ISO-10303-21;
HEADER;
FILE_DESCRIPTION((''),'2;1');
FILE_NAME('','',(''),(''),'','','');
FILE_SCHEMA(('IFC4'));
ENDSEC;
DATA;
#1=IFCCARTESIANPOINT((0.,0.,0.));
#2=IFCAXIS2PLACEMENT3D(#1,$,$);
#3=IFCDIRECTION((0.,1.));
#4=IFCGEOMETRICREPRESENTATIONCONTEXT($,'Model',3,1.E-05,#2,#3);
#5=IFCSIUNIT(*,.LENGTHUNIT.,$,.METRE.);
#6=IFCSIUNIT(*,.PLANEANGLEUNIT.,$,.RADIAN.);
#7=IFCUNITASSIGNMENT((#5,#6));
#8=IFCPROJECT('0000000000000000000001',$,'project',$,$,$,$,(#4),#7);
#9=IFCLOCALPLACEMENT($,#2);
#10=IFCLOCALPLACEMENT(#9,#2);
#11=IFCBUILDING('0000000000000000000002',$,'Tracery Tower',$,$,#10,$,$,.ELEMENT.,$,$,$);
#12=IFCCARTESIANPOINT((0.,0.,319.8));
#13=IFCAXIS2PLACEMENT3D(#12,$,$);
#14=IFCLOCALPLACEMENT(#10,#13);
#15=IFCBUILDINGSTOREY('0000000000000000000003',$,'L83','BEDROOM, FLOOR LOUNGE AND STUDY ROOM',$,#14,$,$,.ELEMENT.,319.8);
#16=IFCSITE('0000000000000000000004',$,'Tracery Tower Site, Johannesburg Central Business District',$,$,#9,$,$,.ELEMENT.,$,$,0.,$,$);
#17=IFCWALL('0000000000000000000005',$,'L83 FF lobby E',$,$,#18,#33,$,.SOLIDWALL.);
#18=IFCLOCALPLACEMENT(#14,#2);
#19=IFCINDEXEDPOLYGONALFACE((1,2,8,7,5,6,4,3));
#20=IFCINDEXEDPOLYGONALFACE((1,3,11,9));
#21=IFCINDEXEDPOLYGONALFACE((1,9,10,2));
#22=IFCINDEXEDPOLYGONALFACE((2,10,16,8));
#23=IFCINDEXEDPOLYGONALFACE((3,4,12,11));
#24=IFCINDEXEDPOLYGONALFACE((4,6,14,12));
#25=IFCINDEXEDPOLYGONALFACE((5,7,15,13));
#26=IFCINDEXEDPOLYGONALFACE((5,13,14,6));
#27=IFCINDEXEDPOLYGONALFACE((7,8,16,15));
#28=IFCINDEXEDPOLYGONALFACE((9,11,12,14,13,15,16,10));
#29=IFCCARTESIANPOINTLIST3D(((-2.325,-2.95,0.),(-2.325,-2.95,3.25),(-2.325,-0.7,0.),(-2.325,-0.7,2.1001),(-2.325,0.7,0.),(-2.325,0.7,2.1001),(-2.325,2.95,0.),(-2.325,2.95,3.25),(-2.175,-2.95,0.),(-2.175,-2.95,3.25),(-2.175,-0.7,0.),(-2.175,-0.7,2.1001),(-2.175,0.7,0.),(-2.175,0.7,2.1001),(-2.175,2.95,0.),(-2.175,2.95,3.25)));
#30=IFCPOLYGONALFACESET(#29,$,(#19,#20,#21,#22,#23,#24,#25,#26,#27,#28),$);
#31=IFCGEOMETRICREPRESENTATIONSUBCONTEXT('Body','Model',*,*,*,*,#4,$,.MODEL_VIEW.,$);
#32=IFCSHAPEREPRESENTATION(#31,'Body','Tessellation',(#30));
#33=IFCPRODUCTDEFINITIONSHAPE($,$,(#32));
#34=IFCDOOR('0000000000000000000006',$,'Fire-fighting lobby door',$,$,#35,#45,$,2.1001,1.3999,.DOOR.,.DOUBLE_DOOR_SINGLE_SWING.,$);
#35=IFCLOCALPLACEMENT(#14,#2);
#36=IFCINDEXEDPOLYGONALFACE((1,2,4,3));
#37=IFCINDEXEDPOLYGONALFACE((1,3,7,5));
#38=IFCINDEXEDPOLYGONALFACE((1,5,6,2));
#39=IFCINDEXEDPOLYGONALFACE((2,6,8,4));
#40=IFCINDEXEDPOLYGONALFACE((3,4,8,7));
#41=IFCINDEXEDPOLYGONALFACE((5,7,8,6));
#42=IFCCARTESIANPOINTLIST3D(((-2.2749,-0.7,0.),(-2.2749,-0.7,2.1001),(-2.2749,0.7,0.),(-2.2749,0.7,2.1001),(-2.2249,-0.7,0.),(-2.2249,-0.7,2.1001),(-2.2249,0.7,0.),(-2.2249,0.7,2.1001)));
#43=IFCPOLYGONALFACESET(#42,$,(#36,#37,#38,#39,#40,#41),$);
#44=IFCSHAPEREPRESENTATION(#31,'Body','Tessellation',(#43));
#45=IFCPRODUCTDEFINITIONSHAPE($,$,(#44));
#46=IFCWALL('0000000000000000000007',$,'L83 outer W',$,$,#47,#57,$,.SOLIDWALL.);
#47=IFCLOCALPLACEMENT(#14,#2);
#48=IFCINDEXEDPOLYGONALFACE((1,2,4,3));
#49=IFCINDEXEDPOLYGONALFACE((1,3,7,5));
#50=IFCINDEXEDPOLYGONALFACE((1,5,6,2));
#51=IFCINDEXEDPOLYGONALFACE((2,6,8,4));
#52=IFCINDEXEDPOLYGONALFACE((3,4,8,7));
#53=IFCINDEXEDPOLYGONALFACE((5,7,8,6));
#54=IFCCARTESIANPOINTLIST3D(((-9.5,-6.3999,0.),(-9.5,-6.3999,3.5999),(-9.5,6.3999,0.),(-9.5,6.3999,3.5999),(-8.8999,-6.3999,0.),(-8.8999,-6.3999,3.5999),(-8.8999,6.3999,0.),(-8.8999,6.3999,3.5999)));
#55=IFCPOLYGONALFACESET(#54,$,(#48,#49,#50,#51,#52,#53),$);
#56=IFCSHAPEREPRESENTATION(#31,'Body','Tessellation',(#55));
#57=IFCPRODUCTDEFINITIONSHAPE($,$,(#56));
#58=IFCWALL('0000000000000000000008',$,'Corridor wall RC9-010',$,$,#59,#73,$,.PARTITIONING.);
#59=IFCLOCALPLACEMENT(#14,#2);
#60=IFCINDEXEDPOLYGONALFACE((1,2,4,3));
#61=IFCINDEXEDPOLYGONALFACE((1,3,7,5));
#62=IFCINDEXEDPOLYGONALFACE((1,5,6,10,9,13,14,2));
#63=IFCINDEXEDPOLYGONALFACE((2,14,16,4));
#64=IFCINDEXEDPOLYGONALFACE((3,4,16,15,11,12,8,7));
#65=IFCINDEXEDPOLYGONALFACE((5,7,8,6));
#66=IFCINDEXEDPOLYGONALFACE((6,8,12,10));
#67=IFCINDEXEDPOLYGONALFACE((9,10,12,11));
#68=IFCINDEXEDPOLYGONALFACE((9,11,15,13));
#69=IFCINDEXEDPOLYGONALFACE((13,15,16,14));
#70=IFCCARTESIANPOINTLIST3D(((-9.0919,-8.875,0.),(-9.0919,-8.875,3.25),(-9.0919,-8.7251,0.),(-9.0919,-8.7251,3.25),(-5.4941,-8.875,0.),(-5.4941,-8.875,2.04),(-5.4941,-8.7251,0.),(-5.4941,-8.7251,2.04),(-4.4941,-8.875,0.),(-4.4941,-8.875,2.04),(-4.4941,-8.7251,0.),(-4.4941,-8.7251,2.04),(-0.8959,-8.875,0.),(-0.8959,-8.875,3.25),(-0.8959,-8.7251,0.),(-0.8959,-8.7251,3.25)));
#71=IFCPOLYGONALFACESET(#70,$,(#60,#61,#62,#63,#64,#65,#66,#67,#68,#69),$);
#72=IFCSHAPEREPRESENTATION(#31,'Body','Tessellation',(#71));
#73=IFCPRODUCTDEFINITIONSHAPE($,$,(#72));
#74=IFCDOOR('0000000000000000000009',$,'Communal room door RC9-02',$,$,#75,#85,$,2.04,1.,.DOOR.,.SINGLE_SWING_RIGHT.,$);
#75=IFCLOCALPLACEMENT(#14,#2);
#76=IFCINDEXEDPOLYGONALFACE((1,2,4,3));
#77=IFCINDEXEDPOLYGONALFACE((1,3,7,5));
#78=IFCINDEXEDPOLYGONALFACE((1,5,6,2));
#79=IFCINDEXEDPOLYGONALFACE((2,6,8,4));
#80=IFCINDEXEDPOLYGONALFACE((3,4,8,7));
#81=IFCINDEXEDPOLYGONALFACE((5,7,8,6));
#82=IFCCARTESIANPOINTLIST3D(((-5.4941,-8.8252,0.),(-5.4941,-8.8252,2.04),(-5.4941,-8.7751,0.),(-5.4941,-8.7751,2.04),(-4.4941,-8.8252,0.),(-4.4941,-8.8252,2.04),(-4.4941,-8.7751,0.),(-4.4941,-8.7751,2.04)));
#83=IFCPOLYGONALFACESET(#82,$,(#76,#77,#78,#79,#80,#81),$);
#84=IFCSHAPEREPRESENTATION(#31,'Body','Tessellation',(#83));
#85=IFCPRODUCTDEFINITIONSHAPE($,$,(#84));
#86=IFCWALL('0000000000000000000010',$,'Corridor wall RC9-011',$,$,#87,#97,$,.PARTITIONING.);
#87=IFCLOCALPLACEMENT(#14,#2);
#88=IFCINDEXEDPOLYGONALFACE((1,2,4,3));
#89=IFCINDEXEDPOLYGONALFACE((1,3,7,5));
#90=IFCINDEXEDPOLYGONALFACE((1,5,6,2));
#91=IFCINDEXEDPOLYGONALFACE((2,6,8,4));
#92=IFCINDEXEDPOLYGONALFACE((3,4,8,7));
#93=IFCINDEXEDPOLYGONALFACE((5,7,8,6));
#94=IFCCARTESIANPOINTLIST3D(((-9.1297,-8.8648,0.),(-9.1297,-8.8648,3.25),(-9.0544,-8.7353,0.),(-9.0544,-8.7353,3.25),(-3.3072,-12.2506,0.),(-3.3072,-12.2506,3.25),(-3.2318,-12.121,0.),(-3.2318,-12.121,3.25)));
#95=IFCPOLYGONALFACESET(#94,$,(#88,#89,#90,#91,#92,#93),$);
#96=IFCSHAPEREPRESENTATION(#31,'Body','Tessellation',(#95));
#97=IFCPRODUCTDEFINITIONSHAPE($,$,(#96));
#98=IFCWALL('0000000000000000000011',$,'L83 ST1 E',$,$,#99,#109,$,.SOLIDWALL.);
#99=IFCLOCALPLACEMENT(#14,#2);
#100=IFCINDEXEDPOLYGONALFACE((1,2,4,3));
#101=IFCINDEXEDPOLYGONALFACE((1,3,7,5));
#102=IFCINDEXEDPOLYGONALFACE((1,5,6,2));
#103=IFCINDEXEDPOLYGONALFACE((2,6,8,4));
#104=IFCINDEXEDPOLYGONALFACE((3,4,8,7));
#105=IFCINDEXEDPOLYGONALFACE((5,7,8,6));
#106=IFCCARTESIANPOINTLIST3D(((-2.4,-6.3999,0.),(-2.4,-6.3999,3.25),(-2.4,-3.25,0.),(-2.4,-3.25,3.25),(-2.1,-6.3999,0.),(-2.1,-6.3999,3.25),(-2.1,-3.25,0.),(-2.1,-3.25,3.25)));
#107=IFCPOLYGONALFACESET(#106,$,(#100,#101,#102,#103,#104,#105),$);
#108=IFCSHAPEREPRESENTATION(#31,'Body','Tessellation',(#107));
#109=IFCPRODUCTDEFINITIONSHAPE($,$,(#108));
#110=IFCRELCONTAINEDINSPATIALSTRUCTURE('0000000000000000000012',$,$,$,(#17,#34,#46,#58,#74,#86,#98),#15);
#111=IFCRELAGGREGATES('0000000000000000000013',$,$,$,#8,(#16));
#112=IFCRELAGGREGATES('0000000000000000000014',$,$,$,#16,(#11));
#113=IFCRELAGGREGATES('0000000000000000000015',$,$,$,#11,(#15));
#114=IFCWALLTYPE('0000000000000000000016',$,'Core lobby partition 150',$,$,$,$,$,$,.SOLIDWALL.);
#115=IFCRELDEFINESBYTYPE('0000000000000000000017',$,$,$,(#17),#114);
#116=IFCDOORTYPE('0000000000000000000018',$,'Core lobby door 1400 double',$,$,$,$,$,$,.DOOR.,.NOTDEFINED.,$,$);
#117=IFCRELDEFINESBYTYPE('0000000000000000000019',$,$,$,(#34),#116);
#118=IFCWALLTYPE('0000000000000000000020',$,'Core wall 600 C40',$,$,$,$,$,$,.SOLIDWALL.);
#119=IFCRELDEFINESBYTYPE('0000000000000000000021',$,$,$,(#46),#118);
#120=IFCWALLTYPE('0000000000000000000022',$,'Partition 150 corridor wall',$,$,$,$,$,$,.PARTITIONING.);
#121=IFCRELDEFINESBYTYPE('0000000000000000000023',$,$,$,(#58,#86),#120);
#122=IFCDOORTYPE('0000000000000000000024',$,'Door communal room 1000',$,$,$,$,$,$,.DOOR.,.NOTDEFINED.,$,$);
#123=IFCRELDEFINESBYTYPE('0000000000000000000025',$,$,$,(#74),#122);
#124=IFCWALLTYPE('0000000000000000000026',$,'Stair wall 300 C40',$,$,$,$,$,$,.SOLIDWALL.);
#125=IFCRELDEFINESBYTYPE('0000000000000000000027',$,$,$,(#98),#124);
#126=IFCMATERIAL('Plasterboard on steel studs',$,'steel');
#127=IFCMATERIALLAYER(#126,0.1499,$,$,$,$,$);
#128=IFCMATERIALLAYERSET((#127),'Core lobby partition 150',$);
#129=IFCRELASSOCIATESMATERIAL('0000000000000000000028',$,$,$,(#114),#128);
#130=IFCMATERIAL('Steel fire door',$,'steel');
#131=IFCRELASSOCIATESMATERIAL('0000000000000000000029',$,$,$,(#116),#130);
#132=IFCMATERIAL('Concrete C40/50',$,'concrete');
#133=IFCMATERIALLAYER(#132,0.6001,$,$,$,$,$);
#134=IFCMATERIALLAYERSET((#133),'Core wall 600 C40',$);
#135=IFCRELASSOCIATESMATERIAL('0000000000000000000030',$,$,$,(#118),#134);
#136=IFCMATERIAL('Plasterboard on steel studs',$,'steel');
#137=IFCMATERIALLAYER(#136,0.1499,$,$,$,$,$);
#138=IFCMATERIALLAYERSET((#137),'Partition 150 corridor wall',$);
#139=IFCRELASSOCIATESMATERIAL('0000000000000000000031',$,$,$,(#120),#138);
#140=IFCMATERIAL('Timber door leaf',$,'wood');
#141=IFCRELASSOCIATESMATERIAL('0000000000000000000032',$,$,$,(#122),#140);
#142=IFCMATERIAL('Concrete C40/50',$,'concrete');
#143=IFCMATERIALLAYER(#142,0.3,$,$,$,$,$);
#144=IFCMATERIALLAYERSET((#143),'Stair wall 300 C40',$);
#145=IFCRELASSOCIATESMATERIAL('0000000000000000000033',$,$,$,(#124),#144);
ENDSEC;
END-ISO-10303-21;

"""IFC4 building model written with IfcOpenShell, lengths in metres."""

from ifc_helpers import new_model, si_unit, direction, frame, frame_2d, origin, place, context, subcontext, project, spatial, rectangle, extrude, material, layer, layer_set, type_object, element, fill, save


model = new_model("IFC4")

# Units and contexts
model_context = context("Model", 3, precision=1e-05, world=origin(), true_north=direction((0.0, 1.0)))
body_context = subcontext(model_context, "Body", "Model", "MODEL_VIEW")
ifc_project = project(units=[si_unit("LENGTHUNIT", "METRE"), si_unit("PLANEANGLEUNIT", "RADIAN")], contexts=[model_context])

# Site, building, storey
site_placement = place(None, origin())
site = spatial("IfcSite", under=ifc_project, at=site_placement, Name="Tracery Tower Site, Johannesburg Central Business District", CompositionType="ELEMENT", RefElevation=0.0)
building_placement = place(site_placement, origin())
building = spatial("IfcBuilding", under=site, at=building_placement, Name="Tracery Tower", CompositionType="ELEMENT")
storey_placement = place(building_placement, frame((0.0, 0.0, 319.8)))
storey = spatial("IfcBuildingStorey", under=building, at=storey_placement, Name="L83", Description="BEDROOM, FLOOR LOUNGE AND STUDY ROOM", CompositionType="ELEMENT", Elevation=319.8)

# Wall, opening, door
ifc_material_1 = material(Name="Plasterboard on steel studs", Category="steel")
ifc_layer_1 = layer(ifc_material_1, 0.1499)
ifc_layer_set_1 = layer_set([ifc_layer_1], Name="Core lobby partition 150")
wall_type_1 = type_object("IfcWallType", Name="Core lobby partition 150", PredefinedType="SOLIDWALL", material=ifc_layer_set_1)
wall_1_placement = place(storey_placement, frame((-2.25, -2.95, 0.0), z_axis=(0.0, 0.0, 1.0), x_axis=(0.0, 1.0, 0.0)))
wall_1 = element("IfcWall", 1, at=wall_1_placement, inside=storey, type_object=wall_type_1, Name="L83 FF lobby E", PredefinedType="SOLIDWALL", context=body_context, shape_type="SweptSolid", body=[
    extrude(rectangle(XDim=5.8999, YDim=0.1499, at=frame_2d((2.95, 0.0))), origin(), (0.0, 0.0, 1.0), 3.25),
])
opening_1_placement = place(wall_1_placement, frame((2.25, 0.0, 0.0)))
opening_1 = element("IfcOpeningElement", 2, at=opening_1_placement, cuts=wall_1, PredefinedType="OPENING", context=body_context, shape_type="SweptSolid", body=[
    extrude(rectangle(XDim=1.3999, YDim=2.1001, at=frame_2d((0.7, 1.05))), frame((0.0, 0.075, 0.0), z_axis=(0.0, -1.0, 0.0), x_axis=(1.0, 0.0, 0.0)), (0.0, 0.0, 1.0), 0.1499),
])
ifc_material_2 = material(Name="Steel fire door", Category="steel")
door_type_1 = type_object("IfcDoorType", Name="Core lobby door 1400 double", OperationType="NOTDEFINED", PredefinedType="DOOR", material=ifc_material_2)
door_1_placement = place(opening_1_placement, origin())
door_1 = element("IfcDoor", 3, at=door_1_placement, inside=storey, type_object=door_type_1, Name="Fire-fighting lobby door", OperationType="DOUBLE_DOOR_SINGLE_SWING", OverallHeight=2.1001, OverallWidth=1.3999, PredefinedType="DOOR", context=body_context, shape_type="SweptSolid", body=[
    extrude(rectangle(XDim=1.3999, YDim=2.1001, at=frame_2d((0.7, 1.05))), frame((0.0, 0.0249, 0.0), z_axis=(0.0, -1.0, 0.0), x_axis=(1.0, 0.0, 0.0)), (0.0, 0.0, 1.0), 0.05),
])
fill(opening_1, door_1)

# Wall
ifc_material_3 = material(Name="Concrete C40/50", Category="concrete")
ifc_layer_2 = layer(ifc_material_3, 0.6001)
ifc_layer_set_2 = layer_set([ifc_layer_2], Name="Core wall 600 C40")
wall_type_2 = type_object("IfcWallType", Name="Core wall 600 C40", PredefinedType="SOLIDWALL", material=ifc_layer_set_2)
wall_2_placement = place(storey_placement, frame((-9.2, -6.3999, 0.0), z_axis=(0.0, 0.0, 1.0), x_axis=(0.0, 1.0, 0.0)))
element("IfcWall", 4, at=wall_2_placement, inside=storey, type_object=wall_type_2, Name="L83 outer W", PredefinedType="SOLIDWALL", context=body_context, shape_type="SweptSolid", body=[
    extrude(rectangle(XDim=12.7998, YDim=0.6001, at=frame_2d((6.3999, 0.0))), origin(), (0.0, 0.0, 1.0), 3.5999),
])

# Wall, opening, door
ifc_material_4 = material(Name="Plasterboard on steel studs", Category="steel")
ifc_layer_3 = layer(ifc_material_4, 0.1499)
ifc_layer_set_3 = layer_set([ifc_layer_3], Name="Partition 150 corridor wall")
wall_type_3 = type_object("IfcWallType", Name="Partition 150 corridor wall", PredefinedType="PARTITIONING", material=ifc_layer_set_3)
wall_3_placement = place(storey_placement, frame((-9.092, -8.8, 0.0), z_axis=(0.0, 0.0, 1.0), x_axis=(1.0, 0.0, 0.0)))
wall_3 = element("IfcWall", 5, at=wall_3_placement, inside=storey, type_object=wall_type_3, Name="Corridor wall RC9-010", PredefinedType="PARTITIONING", context=body_context, shape_type="SweptSolid", body=[
    extrude(rectangle(XDim=8.196, YDim=0.1499, at=frame_2d((4.0981, 0.0))), origin(), (0.0, 0.0, 1.0), 3.25),
])
opening_2_placement = place(wall_3_placement, frame((3.5979, 0.0, 0.0)))
opening_2 = element("IfcOpeningElement", 6, at=opening_2_placement, cuts=wall_3, PredefinedType="OPENING", context=body_context, shape_type="SweptSolid", body=[
    extrude(rectangle(XDim=1.0, YDim=2.04, at=frame_2d((0.5, 1.02))), frame((0.0, 0.075, 0.0), z_axis=(0.0, -1.0, 0.0), x_axis=(1.0, 0.0, 0.0)), (0.0, 0.0, 1.0), 0.1499),
])
ifc_material_5 = material(Name="Timber door leaf", Category="wood")
door_type_2 = type_object("IfcDoorType", Name="Door communal room 1000", OperationType="NOTDEFINED", PredefinedType="DOOR", material=ifc_material_5)
door_2_placement = place(opening_2_placement, origin())
door_2 = element("IfcDoor", 7, at=door_2_placement, inside=storey, type_object=door_type_2, Name="Communal room door RC9-02", OperationType="SINGLE_SWING_RIGHT", OverallHeight=2.04, OverallWidth=1.0, PredefinedType="DOOR", context=body_context, shape_type="SweptSolid", body=[
    extrude(rectangle(XDim=1.0, YDim=2.04, at=frame_2d((0.5, 1.02))), frame((0.0, 0.0249, 0.0), z_axis=(0.0, -1.0, 0.0), x_axis=(1.0, 0.0, 0.0)), (0.0, 0.0, 1.0), 0.05),
])
fill(opening_2, door_2)

# Wall
wall_4_placement = place(storey_placement, frame((-9.092, -8.8, 0.0), z_axis=(0.0, 0.0, 1.0), x_axis=(0.864471, -0.502683, 0.0)))
element("IfcWall", 8, at=wall_4_placement, inside=storey, type_object=wall_type_3, Name="Corridor wall RC9-011", PredefinedType="PARTITIONING", context=body_context, shape_type="SweptSolid", body=[
    extrude(rectangle(XDim=6.7354, YDim=0.1499, at=frame_2d((3.3677, 0.0))), origin(), (0.0, 0.0, 1.0), 3.25),
])

# Shared definitions
ifc_material_6 = material(Name="Concrete C40/50", Category="concrete")
ifc_layer_4 = layer(ifc_material_6, 0.3)
ifc_layer_set_4 = layer_set([ifc_layer_4], Name="Stair wall 300 C40")
wall_type_4 = type_object("IfcWallType", Name="Stair wall 300 C40", PredefinedType="SOLIDWALL", material=ifc_layer_set_4)

# Wall
wall_5_placement = place(storey_placement, frame((-2.25, -6.3999, 0.0), z_axis=(0.0, 0.0, 1.0), x_axis=(0.0, 1.0, 0.0)))
element("IfcWall", 9, at=wall_5_placement, inside=storey, type_object=wall_type_4, Name="L83 ST1 E", PredefinedType="SOLIDWALL", context=body_context, shape_type="SweptSolid", body=[
    extrude(rectangle(XDim=3.1499, YDim=0.3, at=frame_2d((1.575, 0.0))), origin(), (0.0, 0.0, 1.0), 3.25),
])

save(model, "model.ifc")
